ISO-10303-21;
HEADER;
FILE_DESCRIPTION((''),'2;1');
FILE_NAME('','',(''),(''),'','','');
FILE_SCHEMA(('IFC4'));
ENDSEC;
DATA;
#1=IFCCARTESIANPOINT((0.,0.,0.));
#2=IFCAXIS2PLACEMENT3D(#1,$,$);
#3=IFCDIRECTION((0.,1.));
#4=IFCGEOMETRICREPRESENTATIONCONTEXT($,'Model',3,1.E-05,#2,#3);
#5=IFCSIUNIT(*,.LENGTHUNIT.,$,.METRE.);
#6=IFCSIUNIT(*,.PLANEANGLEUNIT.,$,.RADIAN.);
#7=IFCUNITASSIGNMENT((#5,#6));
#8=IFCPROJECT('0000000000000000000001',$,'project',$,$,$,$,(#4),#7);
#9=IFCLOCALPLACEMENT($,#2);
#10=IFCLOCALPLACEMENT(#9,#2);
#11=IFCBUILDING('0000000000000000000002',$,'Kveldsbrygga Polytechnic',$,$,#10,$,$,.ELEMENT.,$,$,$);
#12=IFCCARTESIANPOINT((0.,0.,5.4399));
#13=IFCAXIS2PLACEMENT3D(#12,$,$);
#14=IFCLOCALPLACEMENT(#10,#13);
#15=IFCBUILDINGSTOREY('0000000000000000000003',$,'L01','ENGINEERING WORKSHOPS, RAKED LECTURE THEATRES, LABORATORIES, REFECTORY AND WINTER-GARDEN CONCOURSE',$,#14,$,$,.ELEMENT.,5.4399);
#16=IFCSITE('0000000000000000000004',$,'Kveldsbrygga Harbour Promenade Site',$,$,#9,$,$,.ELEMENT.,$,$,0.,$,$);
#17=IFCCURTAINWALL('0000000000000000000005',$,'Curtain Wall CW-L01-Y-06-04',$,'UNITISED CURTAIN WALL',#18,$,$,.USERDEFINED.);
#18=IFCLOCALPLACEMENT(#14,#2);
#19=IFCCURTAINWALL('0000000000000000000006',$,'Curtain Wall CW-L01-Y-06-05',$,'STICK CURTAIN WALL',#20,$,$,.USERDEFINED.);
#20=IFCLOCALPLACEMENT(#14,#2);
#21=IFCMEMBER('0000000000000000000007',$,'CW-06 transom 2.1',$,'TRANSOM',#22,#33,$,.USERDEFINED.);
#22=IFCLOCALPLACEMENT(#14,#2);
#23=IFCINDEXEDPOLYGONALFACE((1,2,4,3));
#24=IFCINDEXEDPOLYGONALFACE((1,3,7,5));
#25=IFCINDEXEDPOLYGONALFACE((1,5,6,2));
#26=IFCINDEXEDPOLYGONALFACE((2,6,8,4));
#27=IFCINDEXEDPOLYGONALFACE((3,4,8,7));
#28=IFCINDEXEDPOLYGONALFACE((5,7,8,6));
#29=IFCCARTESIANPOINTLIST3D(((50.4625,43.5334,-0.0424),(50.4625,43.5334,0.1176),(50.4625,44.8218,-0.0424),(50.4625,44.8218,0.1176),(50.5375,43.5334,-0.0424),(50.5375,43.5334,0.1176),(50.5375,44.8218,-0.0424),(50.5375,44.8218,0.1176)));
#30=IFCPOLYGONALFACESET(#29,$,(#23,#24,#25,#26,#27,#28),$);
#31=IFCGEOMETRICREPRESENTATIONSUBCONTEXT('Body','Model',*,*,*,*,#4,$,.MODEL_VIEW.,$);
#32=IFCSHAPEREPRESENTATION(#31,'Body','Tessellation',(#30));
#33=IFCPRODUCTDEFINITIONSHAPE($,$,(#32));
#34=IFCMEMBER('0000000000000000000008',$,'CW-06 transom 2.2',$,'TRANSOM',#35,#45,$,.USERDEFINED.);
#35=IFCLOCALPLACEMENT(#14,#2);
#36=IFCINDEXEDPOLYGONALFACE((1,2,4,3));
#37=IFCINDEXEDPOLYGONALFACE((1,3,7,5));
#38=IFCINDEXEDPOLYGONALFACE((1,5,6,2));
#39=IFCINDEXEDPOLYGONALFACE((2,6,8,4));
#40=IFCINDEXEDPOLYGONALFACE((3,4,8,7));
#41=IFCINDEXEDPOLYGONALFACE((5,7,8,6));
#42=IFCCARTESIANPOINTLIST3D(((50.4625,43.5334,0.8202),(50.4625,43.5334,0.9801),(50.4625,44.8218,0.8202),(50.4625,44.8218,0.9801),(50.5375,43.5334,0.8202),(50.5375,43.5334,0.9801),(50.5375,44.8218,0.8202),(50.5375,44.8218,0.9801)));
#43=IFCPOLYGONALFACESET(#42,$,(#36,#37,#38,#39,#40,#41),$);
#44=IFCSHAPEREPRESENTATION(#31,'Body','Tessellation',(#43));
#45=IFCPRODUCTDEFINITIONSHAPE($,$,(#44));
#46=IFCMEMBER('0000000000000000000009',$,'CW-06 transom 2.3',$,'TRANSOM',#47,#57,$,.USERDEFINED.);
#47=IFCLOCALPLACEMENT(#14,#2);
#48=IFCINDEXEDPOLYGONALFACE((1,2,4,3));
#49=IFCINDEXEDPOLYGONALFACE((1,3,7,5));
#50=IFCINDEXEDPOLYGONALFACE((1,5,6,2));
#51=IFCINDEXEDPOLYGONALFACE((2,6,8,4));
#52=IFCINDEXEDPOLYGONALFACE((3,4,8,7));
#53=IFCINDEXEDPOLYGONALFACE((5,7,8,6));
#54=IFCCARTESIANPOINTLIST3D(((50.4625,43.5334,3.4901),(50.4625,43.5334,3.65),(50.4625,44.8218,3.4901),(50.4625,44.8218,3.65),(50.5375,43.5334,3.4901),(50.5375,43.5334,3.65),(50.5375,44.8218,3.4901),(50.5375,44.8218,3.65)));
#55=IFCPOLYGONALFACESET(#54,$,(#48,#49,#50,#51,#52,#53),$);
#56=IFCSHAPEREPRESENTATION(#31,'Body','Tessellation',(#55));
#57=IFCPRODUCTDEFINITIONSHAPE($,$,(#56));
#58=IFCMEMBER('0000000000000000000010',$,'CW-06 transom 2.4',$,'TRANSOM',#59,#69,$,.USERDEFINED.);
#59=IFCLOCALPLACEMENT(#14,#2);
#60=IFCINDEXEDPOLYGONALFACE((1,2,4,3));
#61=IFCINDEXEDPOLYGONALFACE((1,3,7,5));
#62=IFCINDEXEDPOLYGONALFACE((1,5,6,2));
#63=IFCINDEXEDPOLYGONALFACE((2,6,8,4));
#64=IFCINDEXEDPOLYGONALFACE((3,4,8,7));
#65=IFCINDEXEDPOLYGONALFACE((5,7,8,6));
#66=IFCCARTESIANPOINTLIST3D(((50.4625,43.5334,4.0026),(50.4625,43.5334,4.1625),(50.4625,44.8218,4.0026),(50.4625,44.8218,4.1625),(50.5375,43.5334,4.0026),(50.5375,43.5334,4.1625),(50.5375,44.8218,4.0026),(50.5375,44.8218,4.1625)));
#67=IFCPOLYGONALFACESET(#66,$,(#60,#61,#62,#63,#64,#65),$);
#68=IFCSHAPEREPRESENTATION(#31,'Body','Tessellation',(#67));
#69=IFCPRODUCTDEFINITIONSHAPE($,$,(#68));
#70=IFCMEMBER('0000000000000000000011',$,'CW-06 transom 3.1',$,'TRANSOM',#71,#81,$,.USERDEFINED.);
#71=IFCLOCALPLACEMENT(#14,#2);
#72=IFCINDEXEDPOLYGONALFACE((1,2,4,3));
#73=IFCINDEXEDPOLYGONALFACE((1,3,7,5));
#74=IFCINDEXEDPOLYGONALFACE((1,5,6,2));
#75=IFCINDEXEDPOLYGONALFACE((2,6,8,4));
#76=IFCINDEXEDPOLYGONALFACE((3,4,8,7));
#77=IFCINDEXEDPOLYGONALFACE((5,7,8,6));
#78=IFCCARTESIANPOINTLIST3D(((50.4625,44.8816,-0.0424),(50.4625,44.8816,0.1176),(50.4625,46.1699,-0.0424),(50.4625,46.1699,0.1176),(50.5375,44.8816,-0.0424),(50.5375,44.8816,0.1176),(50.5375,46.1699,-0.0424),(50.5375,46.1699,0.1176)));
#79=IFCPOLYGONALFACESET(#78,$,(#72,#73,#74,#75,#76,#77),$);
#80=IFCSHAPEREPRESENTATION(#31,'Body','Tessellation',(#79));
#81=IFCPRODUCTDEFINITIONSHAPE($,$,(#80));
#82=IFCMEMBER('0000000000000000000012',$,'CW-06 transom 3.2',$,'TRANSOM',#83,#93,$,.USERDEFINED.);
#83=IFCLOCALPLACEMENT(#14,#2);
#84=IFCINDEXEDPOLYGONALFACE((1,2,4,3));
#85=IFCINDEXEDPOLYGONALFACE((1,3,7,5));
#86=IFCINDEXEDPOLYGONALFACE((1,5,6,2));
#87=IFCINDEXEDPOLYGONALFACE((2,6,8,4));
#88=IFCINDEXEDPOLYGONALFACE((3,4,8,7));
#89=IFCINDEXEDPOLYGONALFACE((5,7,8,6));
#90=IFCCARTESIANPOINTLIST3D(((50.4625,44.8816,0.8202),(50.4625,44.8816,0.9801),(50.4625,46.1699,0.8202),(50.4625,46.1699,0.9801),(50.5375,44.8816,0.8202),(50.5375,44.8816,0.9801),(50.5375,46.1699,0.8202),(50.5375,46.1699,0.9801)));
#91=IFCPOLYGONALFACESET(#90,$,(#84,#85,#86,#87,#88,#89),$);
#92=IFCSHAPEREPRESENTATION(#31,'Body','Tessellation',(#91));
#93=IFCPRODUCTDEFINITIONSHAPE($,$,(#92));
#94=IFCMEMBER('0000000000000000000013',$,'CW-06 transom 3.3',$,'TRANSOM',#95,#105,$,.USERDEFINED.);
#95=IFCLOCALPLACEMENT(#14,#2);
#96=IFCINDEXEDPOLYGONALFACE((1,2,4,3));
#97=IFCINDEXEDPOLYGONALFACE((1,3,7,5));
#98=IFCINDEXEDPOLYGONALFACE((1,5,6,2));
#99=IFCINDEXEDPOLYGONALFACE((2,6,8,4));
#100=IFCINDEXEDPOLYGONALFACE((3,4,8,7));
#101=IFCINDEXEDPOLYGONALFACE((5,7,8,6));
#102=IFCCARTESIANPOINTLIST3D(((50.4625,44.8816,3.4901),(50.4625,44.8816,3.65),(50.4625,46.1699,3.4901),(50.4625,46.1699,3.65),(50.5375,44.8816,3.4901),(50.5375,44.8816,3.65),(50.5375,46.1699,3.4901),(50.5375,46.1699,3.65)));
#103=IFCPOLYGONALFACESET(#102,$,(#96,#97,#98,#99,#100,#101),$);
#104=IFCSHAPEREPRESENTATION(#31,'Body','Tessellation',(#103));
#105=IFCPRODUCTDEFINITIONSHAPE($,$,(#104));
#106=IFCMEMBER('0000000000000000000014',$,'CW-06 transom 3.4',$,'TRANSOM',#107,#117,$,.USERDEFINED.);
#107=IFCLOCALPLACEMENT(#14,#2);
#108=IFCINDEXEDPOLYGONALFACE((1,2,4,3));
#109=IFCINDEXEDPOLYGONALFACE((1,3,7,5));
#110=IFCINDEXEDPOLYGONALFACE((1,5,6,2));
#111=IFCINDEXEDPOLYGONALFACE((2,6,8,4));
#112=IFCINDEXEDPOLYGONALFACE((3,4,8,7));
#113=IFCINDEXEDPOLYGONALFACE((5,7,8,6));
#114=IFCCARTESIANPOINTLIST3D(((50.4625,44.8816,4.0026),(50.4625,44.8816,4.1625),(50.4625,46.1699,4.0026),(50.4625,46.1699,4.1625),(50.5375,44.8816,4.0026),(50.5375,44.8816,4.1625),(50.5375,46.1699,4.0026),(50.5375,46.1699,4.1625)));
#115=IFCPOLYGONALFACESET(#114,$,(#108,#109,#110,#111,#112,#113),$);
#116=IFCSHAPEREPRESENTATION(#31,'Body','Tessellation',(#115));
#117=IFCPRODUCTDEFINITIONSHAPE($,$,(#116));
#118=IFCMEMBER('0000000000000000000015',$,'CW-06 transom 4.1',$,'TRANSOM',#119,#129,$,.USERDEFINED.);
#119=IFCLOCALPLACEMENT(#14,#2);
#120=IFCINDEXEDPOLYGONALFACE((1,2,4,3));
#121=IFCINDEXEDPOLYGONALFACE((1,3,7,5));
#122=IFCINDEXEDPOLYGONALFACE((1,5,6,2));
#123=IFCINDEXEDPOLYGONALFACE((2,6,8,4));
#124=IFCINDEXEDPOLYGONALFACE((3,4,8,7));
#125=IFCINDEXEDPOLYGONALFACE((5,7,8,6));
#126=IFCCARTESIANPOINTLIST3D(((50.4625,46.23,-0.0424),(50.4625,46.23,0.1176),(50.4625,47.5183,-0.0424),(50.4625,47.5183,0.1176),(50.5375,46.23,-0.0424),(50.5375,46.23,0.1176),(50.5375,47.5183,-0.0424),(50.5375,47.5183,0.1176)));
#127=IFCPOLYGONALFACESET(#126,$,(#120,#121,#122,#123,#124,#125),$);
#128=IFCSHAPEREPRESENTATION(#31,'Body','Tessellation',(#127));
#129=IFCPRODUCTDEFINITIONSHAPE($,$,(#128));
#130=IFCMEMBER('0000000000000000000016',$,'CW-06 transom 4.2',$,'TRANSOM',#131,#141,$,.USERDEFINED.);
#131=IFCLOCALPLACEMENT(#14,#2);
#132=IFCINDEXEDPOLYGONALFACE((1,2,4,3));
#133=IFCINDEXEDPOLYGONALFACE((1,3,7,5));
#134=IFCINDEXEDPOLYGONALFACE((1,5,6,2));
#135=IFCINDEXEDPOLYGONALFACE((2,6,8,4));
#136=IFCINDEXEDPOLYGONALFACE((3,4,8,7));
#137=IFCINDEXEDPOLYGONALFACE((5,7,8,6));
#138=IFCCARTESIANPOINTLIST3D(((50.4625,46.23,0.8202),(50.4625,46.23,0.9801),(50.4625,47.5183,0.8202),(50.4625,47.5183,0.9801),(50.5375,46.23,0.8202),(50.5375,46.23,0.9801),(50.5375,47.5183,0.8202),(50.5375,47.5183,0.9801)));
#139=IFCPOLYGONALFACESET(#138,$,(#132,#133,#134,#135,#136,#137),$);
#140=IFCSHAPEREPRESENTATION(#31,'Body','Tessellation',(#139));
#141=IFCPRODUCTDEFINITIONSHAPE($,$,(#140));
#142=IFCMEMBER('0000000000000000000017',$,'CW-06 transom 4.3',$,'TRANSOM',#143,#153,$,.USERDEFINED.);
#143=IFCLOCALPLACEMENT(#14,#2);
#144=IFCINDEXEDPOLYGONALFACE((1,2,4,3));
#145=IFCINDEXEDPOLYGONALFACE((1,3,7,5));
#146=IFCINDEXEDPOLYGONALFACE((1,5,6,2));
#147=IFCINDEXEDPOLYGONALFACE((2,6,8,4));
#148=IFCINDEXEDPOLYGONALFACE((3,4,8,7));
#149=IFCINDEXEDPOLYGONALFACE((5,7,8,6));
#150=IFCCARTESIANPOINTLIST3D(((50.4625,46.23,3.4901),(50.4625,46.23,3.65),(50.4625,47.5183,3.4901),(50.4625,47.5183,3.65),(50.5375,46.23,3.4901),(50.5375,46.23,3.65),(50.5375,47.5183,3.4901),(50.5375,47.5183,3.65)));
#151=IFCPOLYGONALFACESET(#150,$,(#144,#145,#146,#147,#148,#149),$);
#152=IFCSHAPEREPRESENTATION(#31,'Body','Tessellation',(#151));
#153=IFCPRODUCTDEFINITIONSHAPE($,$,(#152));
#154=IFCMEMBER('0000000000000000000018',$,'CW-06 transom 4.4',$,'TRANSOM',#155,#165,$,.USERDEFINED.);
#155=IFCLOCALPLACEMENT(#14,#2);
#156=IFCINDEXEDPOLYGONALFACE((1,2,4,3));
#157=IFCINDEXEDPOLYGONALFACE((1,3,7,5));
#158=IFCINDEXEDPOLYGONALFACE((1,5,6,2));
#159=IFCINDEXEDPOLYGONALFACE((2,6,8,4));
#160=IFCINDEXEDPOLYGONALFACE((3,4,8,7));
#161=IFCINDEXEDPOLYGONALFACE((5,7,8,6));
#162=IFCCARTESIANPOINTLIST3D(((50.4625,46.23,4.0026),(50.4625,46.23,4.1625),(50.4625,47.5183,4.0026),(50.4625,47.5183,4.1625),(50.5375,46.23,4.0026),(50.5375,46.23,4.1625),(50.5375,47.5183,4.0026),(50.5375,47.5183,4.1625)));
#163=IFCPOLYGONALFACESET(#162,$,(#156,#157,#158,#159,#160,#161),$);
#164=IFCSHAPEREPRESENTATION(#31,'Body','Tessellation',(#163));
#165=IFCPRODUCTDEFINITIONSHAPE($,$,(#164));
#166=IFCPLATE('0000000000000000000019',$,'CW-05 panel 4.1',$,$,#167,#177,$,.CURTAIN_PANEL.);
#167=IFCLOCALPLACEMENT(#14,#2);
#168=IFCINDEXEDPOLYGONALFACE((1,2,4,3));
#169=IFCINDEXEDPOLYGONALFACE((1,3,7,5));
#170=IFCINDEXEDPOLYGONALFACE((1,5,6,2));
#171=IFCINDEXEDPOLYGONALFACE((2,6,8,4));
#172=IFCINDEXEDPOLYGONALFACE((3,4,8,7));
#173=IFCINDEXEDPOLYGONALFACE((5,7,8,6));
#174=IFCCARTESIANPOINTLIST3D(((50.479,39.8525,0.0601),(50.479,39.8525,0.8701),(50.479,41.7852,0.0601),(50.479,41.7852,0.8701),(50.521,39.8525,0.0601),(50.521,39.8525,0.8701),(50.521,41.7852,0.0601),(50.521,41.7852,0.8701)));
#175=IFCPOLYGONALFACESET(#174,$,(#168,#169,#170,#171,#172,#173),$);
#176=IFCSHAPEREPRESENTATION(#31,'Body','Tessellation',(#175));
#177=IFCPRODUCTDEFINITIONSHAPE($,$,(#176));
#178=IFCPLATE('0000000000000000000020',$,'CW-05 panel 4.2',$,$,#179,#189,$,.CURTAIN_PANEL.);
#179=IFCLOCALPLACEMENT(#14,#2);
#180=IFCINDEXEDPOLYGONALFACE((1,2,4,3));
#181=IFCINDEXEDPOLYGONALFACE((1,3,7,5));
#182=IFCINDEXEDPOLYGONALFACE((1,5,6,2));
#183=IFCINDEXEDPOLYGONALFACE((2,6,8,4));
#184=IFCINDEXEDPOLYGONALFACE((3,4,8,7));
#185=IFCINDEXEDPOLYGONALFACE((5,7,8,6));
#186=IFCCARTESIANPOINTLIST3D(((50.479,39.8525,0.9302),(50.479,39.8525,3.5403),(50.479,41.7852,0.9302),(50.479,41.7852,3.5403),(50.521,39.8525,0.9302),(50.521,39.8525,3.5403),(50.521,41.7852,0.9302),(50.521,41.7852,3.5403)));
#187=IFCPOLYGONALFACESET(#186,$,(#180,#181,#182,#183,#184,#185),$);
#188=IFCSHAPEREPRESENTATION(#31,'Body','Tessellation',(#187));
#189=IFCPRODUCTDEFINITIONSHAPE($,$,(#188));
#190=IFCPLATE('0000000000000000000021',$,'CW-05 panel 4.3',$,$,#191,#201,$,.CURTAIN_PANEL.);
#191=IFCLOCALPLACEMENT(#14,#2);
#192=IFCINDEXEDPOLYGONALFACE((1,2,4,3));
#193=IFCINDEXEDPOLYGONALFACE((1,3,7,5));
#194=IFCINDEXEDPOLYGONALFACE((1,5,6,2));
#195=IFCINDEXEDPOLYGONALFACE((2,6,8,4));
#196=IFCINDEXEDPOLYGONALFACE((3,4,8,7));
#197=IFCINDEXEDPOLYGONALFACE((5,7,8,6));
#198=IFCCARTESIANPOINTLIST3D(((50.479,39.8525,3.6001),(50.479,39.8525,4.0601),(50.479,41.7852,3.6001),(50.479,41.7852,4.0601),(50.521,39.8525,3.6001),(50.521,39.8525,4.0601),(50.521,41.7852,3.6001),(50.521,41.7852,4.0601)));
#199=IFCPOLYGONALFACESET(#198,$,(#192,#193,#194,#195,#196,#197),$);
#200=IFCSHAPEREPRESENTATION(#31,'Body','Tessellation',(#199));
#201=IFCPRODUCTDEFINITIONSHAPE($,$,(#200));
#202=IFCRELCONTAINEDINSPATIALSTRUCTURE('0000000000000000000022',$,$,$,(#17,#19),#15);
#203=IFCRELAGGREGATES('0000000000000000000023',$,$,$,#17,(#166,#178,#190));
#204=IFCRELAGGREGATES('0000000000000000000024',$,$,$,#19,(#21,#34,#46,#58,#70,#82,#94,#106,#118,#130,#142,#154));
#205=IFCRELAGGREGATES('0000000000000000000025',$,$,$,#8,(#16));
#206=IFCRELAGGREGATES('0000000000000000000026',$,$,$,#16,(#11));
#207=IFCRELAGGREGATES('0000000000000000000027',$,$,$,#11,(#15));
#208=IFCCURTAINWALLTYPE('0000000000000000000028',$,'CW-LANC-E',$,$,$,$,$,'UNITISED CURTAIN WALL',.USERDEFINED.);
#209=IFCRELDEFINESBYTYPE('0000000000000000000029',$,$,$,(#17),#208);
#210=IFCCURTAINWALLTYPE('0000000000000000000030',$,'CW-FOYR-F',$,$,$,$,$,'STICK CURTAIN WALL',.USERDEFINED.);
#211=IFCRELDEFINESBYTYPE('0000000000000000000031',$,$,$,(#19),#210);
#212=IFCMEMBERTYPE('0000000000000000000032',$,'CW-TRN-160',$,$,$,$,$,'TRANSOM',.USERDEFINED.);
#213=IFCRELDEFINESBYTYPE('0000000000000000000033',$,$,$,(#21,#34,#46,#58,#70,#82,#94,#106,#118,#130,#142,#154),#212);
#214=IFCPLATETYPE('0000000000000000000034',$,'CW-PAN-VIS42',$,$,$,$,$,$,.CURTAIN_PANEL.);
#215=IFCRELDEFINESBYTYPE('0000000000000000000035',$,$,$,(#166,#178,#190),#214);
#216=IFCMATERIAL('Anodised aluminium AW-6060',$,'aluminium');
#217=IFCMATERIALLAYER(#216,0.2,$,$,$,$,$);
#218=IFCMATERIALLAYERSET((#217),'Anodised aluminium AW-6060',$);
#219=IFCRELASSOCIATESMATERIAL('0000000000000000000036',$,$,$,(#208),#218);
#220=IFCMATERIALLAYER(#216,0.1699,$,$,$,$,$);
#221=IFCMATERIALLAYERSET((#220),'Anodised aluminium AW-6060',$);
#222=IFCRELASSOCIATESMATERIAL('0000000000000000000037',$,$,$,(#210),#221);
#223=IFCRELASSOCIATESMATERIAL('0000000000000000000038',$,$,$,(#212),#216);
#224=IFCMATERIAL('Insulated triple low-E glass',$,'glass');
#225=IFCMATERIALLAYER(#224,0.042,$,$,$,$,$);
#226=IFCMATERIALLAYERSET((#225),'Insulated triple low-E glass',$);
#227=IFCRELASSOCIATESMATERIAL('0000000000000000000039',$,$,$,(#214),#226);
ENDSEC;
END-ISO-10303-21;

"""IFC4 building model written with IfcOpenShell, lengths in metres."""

from ifc_helpers import new_model, si_unit, direction, frame, origin, origin_2d, place, context, subcontext, project, spatial, rectangle, extrude, material, layer, layer_set, material_profile, profile_set, type_object, element, aggregate, save


model = new_model("IFC4")

# Units and contexts
model_context = context("Model", 3, precision=1e-05, world=origin(), true_north=direction((0.0, 1.0)))
body_context = subcontext(model_context, "Body", "Model", "MODEL_VIEW")
ifc_project = project(units=[si_unit("LENGTHUNIT", "METRE"), si_unit("PLANEANGLEUNIT", "RADIAN")], contexts=[model_context])

# Site, building, storey
site_placement = place(None, origin())
site = spatial("IfcSite", under=ifc_project, at=site_placement, Name="Kveldsbrygga Harbour Promenade Site", CompositionType="ELEMENT", RefElevation=0.0)
building_placement = place(site_placement, origin())
building = spatial("IfcBuilding", under=site, at=building_placement, Name="Kveldsbrygga Polytechnic", CompositionType="ELEMENT")
storey_placement = place(building_placement, frame((0.0, 0.0, 5.4399)))
storey = spatial("IfcBuildingStorey", under=building, at=storey_placement, Name="L01", Description="ENGINEERING WORKSHOPS, RAKED LECTURE THEATRES, LABORATORIES, REFECTORY AND WINTER-GARDEN CONCOURSE", CompositionType="ELEMENT", Elevation=5.4399)

# Curtain walls
ifc_material_1 = material(Name="Anodised aluminium AW-6060", Category="aluminium")
ifc_layer_1 = layer(ifc_material_1, 0.2)
ifc_layer_set_1 = layer_set([ifc_layer_1], Name="Anodised aluminium AW-6060")
curtain_wall_type_1 = type_object("IfcCurtainWallType", Name="CW-LANC-E", ElementType="UNITISED CURTAIN WALL", PredefinedType="USERDEFINED", material=ifc_layer_set_1)
curtain_wall_1_placement = place(storey_placement, origin())
curtain_wall_1 = element("IfcCurtainWall", 1, at=curtain_wall_1_placement, inside=storey, type_object=curtain_wall_type_1, Name="Curtain Wall CW-L01-Y-06-04", ObjectType="UNITISED CURTAIN WALL", PredefinedType="USERDEFINED")
ifc_layer_2 = layer(ifc_material_1, 0.1699)
ifc_layer_set_2 = layer_set([ifc_layer_2], Name="Anodised aluminium AW-6060")
curtain_wall_type_2 = type_object("IfcCurtainWallType", Name="CW-FOYR-F", ElementType="STICK CURTAIN WALL", PredefinedType="USERDEFINED", material=ifc_layer_set_2)
curtain_wall_2_placement = place(storey_placement, origin())
curtain_wall_2 = element("IfcCurtainWall", 2, at=curtain_wall_2_placement, inside=storey, type_object=curtain_wall_type_2, Name="Curtain Wall CW-L01-Y-06-05", ObjectType="STICK CURTAIN WALL", PredefinedType="USERDEFINED")

# Members
ifc_material_profile_1 = material_profile(ifc_material_1, rectangle(XDim=0.075, YDim=0.1599, at=origin_2d()), Name="ALU 75x160")
ifc_profile_set_1 = profile_set([ifc_material_profile_1], Name="Anodised aluminium AW-6060")
member_type_1 = type_object("IfcMemberType", Name="CW-TRN-160", ElementType="TRANSOM", PredefinedType="USERDEFINED", material=ifc_profile_set_1)
member_1_placement = place(storey_placement, frame((50.5, 43.5334, 0.0376), z_axis=(0.0, 1.0, 0.0), x_axis=(-1.0, 0.0, 0.0)))
member_1 = element("IfcMember", 3, at=member_1_placement, type_object=member_type_1, Name="CW-06 transom 2.1", ObjectType="TRANSOM", PredefinedType="USERDEFINED", context=body_context, shape_type="SweptSolid", body=[
    extrude(rectangle(XDim=0.075, YDim=0.1599, at=origin_2d()), origin(), (0.0, 0.0, 1.0), 1.2883),
])
member_2_placement = place(storey_placement, frame((50.5, 43.5334, 0.9001), z_axis=(0.0, 1.0, 0.0), x_axis=(-1.0, 0.0, 0.0)))
member_2 = element("IfcMember", 4, at=member_2_placement, type_object=member_type_1, Name="CW-06 transom 2.2", ObjectType="TRANSOM", PredefinedType="USERDEFINED", context=body_context, shape_type="SweptSolid", body=[
    extrude(rectangle(XDim=0.075, YDim=0.1599, at=origin_2d()), origin(), (0.0, 0.0, 1.0), 1.2883),
])
member_3_placement = place(storey_placement, frame((50.5, 43.5334, 3.5701), z_axis=(0.0, 1.0, 0.0), x_axis=(-1.0, 0.0, 0.0)))
member_3 = element("IfcMember", 5, at=member_3_placement, type_object=member_type_1, Name="CW-06 transom 2.3", ObjectType="TRANSOM", PredefinedType="USERDEFINED", context=body_context, shape_type="SweptSolid", body=[
    extrude(rectangle(XDim=0.075, YDim=0.1599, at=origin_2d()), origin(), (0.0, 0.0, 1.0), 1.2883),
])
member_4_placement = place(storey_placement, frame((50.5, 43.5334, 4.0825), z_axis=(0.0, 1.0, 0.0), x_axis=(-1.0, 0.0, 0.0)))
member_4 = element("IfcMember", 6, at=member_4_placement, type_object=member_type_1, Name="CW-06 transom 2.4", ObjectType="TRANSOM", PredefinedType="USERDEFINED", context=body_context, shape_type="SweptSolid", body=[
    extrude(rectangle(XDim=0.075, YDim=0.1599, at=origin_2d()), origin(), (0.0, 0.0, 1.0), 1.2883),
])
member_5_placement = place(storey_placement, frame((50.5, 44.8816, 0.0376), z_axis=(0.0, 1.0, 0.0), x_axis=(-1.0, 0.0, 0.0)))
member_5 = element("IfcMember", 7, at=member_5_placement, type_object=member_type_1, Name="CW-06 transom 3.1", ObjectType="TRANSOM", PredefinedType="USERDEFINED", context=body_context, shape_type="SweptSolid", body=[
    extrude(rectangle(XDim=0.075, YDim=0.1599, at=origin_2d()), origin(), (0.0, 0.0, 1.0), 1.2883),
])
member_6_placement = place(storey_placement, frame((50.5, 44.8816, 0.9001), z_axis=(0.0, 1.0, 0.0), x_axis=(-1.0, 0.0, 0.0)))
member_6 = element("IfcMember", 8, at=member_6_placement, type_object=member_type_1, Name="CW-06 transom 3.2", ObjectType="TRANSOM", PredefinedType="USERDEFINED", context=body_context, shape_type="SweptSolid", body=[
    extrude(rectangle(XDim=0.075, YDim=0.1599, at=origin_2d()), origin(), (0.0, 0.0, 1.0), 1.2883),
])
member_7_placement = place(storey_placement, frame((50.5, 44.8816, 3.5701), z_axis=(0.0, 1.0, 0.0), x_axis=(-1.0, 0.0, 0.0)))
member_7 = element("IfcMember", 9, at=member_7_placement, type_object=member_type_1, Name="CW-06 transom 3.3", ObjectType="TRANSOM", PredefinedType="USERDEFINED", context=body_context, shape_type="SweptSolid", body=[
    extrude(rectangle(XDim=0.075, YDim=0.1599, at=origin_2d()), origin(), (0.0, 0.0, 1.0), 1.2883),
])
member_8_placement = place(storey_placement, frame((50.5, 44.8816, 4.0825), z_axis=(0.0, 1.0, 0.0), x_axis=(-1.0, 0.0, 0.0)))
member_8 = element("IfcMember", 10, at=member_8_placement, type_object=member_type_1, Name="CW-06 transom 3.4", ObjectType="TRANSOM", PredefinedType="USERDEFINED", context=body_context, shape_type="SweptSolid", body=[
    extrude(rectangle(XDim=0.075, YDim=0.1599, at=origin_2d()), origin(), (0.0, 0.0, 1.0), 1.2883),
])
member_9_placement = place(storey_placement, frame((50.5, 46.23, 0.0376), z_axis=(0.0, 1.0, 0.0), x_axis=(-1.0, 0.0, 0.0)))
member_9 = element("IfcMember", 11, at=member_9_placement, type_object=member_type_1, Name="CW-06 transom 4.1", ObjectType="TRANSOM", PredefinedType="USERDEFINED", context=body_context, shape_type="SweptSolid", body=[
    extrude(rectangle(XDim=0.075, YDim=0.1599, at=origin_2d()), origin(), (0.0, 0.0, 1.0), 1.2883),
])
member_10_placement = place(storey_placement, frame((50.5, 46.23, 0.9001), z_axis=(0.0, 1.0, 0.0), x_axis=(-1.0, 0.0, 0.0)))
member_10 = element("IfcMember", 12, at=member_10_placement, type_object=member_type_1, Name="CW-06 transom 4.2", ObjectType="TRANSOM", PredefinedType="USERDEFINED", context=body_context, shape_type="SweptSolid", body=[
    extrude(rectangle(XDim=0.075, YDim=0.1599, at=origin_2d()), origin(), (0.0, 0.0, 1.0), 1.2883),
])
member_11_placement = place(storey_placement, frame((50.5, 46.23, 3.5701), z_axis=(0.0, 1.0, 0.0), x_axis=(-1.0, 0.0, 0.0)))
member_11 = element("IfcMember", 13, at=member_11_placement, type_object=member_type_1, Name="CW-06 transom 4.3", ObjectType="TRANSOM", PredefinedType="USERDEFINED", context=body_context, shape_type="SweptSolid", body=[
    extrude(rectangle(XDim=0.075, YDim=0.1599, at=origin_2d()), origin(), (0.0, 0.0, 1.0), 1.2883),
])
member_12_placement = place(storey_placement, frame((50.5, 46.23, 4.0825), z_axis=(0.0, 1.0, 0.0), x_axis=(-1.0, 0.0, 0.0)))
member_12 = element("IfcMember", 14, at=member_12_placement, type_object=member_type_1, Name="CW-06 transom 4.4", ObjectType="TRANSOM", PredefinedType="USERDEFINED", context=body_context, shape_type="SweptSolid", body=[
    extrude(rectangle(XDim=0.075, YDim=0.1599, at=origin_2d()), origin(), (0.0, 0.0, 1.0), 1.2883),
])

# Plates
ifc_material_2 = material(Name="Insulated triple low-E glass", Category="glass")
ifc_layer_3 = layer(ifc_material_2, 0.042)
ifc_layer_set_3 = layer_set([ifc_layer_3], Name="Insulated triple low-E glass")
plate_type_1 = type_object("IfcPlateType", Name="CW-PAN-VIS42", PredefinedType="CURTAIN_PANEL", material=ifc_layer_set_3)
plate_1_placement = place(storey_placement, frame((50.5, 40.8188, 0.0601), z_axis=(0.0, 0.0, 1.0), x_axis=(0.0, 1.0, 0.0)))
plate_1 = element("IfcPlate", 15, at=plate_1_placement, type_object=plate_type_1, Name="CW-05 panel 4.1", PredefinedType="CURTAIN_PANEL", context=body_context, shape_type="SweptSolid", body=[
    extrude(rectangle(XDim=1.9326, YDim=0.042, at=origin_2d()), origin(), (0.0, 0.0, 1.0), 0.8101),
])
plate_2_placement = place(storey_placement, frame((50.5, 40.8188, 0.9302), z_axis=(0.0, 0.0, 1.0), x_axis=(0.0, 1.0, 0.0)))
plate_2 = element("IfcPlate", 16, at=plate_2_placement, type_object=plate_type_1, Name="CW-05 panel 4.2", PredefinedType="CURTAIN_PANEL", context=body_context, shape_type="SweptSolid", body=[
    extrude(rectangle(XDim=1.9326, YDim=0.042, at=origin_2d()), origin(), (0.0, 0.0, 1.0), 2.6101),
])
plate_3_placement = place(storey_placement, frame((50.5, 40.8188, 3.6001), z_axis=(0.0, 0.0, 1.0), x_axis=(0.0, 1.0, 0.0)))
plate_3 = element("IfcPlate", 17, at=plate_3_placement, type_object=plate_type_1, Name="CW-05 panel 4.3", PredefinedType="CURTAIN_PANEL", context=body_context, shape_type="SweptSolid", body=[
    extrude(rectangle(XDim=1.9326, YDim=0.042, at=origin_2d()), origin(), (0.0, 0.0, 1.0), 0.46),
])
aggregate(curtain_wall_1, [plate_1, plate_2, plate_3])
aggregate(curtain_wall_2, [member_1, member_2, member_3, member_4, member_5, member_6, member_7, member_8, member_9, member_10, member_11, member_12])

save(model, "model.ifc")
